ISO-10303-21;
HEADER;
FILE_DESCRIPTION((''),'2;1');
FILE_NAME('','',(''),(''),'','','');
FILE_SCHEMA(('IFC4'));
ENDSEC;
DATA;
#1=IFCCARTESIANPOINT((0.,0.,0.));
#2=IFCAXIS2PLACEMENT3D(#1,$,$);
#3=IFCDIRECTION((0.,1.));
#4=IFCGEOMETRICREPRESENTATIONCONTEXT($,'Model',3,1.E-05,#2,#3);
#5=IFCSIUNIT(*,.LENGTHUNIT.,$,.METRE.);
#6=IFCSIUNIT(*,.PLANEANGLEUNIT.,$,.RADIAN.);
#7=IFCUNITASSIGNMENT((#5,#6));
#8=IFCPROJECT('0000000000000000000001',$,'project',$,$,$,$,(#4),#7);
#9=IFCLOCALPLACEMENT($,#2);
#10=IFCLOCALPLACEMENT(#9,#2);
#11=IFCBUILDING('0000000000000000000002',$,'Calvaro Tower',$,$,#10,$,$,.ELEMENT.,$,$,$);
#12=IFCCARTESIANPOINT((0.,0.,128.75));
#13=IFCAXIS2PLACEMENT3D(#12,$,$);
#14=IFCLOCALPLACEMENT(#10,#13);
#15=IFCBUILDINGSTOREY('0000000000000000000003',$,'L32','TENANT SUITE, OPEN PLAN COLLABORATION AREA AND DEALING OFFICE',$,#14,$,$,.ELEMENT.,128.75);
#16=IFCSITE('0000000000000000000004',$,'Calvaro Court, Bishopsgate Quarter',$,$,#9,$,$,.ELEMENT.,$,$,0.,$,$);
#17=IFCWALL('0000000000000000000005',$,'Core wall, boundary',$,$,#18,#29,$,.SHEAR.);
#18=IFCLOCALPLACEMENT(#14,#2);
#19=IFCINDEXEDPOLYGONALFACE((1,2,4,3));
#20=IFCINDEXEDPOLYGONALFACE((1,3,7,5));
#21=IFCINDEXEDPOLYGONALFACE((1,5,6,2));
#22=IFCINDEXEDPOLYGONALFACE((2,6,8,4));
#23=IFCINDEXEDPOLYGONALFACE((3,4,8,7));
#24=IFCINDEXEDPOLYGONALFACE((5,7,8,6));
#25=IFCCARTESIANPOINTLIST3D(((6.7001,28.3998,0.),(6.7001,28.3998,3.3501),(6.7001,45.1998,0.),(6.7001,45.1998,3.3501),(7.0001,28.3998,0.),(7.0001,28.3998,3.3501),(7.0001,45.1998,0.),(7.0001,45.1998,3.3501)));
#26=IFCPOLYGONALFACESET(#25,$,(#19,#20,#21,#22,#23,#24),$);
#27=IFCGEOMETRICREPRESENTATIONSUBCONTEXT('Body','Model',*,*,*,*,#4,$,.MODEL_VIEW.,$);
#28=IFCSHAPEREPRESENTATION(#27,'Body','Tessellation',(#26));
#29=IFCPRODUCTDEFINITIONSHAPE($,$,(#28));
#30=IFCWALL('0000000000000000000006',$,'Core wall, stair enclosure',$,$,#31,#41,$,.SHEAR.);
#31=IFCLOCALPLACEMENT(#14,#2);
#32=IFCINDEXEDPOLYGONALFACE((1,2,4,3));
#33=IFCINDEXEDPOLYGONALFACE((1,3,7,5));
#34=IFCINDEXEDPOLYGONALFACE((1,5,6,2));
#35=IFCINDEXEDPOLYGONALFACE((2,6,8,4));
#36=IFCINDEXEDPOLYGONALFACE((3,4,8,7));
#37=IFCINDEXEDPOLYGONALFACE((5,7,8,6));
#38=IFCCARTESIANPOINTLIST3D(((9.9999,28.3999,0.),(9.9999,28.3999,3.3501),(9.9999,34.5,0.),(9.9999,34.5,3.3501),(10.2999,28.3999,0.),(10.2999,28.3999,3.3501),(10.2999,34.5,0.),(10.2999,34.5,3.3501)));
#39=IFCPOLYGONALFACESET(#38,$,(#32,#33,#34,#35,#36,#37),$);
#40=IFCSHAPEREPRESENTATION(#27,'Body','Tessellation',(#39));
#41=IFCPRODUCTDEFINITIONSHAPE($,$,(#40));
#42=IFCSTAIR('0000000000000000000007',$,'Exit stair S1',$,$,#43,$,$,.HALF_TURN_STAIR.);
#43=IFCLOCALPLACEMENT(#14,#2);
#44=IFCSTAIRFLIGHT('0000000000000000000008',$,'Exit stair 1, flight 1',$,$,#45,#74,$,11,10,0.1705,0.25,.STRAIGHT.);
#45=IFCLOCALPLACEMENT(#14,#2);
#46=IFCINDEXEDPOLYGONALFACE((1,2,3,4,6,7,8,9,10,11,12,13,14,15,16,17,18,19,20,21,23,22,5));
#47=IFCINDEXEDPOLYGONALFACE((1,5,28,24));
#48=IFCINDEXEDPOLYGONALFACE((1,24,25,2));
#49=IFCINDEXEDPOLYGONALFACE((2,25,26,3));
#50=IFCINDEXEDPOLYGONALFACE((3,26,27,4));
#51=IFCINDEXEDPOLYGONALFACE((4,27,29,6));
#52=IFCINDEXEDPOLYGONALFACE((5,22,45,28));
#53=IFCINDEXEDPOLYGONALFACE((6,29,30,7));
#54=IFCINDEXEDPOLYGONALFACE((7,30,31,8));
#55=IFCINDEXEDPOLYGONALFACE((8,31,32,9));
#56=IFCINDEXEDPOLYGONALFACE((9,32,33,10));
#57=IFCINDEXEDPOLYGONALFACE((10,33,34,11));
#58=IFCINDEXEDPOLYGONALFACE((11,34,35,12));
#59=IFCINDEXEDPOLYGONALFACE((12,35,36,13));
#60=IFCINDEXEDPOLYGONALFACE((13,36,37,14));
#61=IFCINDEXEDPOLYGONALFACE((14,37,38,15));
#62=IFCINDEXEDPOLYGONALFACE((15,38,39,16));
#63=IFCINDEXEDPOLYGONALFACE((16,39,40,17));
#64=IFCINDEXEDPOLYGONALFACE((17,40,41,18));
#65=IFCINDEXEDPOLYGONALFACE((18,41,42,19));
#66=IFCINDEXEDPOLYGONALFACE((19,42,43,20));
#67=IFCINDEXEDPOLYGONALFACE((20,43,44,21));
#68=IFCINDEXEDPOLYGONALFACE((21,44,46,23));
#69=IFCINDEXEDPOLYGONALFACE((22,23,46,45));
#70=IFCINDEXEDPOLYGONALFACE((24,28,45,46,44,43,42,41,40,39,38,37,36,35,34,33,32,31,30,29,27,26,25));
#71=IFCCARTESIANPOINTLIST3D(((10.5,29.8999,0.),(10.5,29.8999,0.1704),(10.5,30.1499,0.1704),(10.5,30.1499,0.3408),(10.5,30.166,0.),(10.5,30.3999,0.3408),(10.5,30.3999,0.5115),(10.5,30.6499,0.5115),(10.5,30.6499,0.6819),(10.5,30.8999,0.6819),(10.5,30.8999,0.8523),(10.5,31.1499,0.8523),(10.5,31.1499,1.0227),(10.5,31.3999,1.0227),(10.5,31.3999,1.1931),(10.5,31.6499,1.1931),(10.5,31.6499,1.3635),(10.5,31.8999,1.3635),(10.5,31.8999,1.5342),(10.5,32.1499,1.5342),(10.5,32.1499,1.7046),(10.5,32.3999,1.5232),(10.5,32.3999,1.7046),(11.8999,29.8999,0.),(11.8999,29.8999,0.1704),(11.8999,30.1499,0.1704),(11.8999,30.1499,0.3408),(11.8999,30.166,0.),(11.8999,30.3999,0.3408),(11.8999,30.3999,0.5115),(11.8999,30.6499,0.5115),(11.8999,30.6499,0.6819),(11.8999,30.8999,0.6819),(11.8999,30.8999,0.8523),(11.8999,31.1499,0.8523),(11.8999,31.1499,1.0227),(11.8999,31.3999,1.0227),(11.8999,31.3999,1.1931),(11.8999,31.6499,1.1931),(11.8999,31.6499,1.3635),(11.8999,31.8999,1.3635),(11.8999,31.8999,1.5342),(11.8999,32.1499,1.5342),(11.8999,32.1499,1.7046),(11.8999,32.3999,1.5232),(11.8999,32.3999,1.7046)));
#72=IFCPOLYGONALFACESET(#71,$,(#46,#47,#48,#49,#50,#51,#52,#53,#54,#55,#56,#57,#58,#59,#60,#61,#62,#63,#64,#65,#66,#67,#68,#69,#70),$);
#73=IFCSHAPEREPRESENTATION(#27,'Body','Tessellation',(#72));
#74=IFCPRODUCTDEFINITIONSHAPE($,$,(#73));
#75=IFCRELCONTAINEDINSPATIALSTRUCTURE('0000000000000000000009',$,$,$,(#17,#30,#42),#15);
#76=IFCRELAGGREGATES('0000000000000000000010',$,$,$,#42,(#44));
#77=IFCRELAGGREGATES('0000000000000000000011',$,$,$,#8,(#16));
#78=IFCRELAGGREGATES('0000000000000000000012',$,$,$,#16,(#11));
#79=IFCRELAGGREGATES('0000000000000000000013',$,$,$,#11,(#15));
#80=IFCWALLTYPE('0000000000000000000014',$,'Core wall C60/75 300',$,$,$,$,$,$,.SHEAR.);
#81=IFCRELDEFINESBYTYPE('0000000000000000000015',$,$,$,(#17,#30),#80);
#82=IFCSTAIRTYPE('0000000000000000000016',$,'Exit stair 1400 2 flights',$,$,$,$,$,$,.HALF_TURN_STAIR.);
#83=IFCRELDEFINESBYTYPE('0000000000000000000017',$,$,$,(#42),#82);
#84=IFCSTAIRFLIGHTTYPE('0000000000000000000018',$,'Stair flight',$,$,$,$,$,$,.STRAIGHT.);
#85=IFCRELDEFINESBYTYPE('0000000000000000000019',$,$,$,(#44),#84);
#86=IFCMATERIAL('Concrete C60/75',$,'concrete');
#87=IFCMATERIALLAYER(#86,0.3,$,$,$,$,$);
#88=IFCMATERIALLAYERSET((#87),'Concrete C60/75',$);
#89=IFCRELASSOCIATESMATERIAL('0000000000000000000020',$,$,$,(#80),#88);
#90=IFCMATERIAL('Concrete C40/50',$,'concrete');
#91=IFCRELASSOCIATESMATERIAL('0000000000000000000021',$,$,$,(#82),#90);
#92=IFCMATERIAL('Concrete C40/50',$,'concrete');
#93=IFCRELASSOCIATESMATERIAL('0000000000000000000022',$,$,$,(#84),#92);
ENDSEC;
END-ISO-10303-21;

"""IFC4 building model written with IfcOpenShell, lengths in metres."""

from ifc_helpers import new_model, si_unit, direction, frame, frame_2d, origin, place, context, subcontext, project, spatial, polyline, rectangle, outline, extrude, material, layer, layer_set, type_object, element, aggregate, save


model = new_model("IFC4")

# Units and contexts
model_context = context("Model", 3, precision=1e-05, world=origin(), true_north=direction((0.0, 1.0)))
body_context = subcontext(model_context, "Body", "Model", "MODEL_VIEW")
ifc_project = project(units=[si_unit("LENGTHUNIT", "METRE"), si_unit("PLANEANGLEUNIT", "RADIAN")], contexts=[model_context])

# Site, building, storey
site_placement = place(None, origin())
site = spatial("IfcSite", under=ifc_project, at=site_placement, Name="Calvaro Court, Bishopsgate Quarter", CompositionType="ELEMENT", RefElevation=0.0)
building_placement = place(site_placement, origin())
building = spatial("IfcBuilding", under=site, at=building_placement, Name="Calvaro Tower", CompositionType="ELEMENT")
storey_placement = place(building_placement, frame((0.0, 0.0, 128.75)))
storey = spatial("IfcBuildingStorey", under=building, at=storey_placement, Name="L32", Description="TENANT SUITE, OPEN PLAN COLLABORATION AREA AND DEALING OFFICE", CompositionType="ELEMENT", Elevation=128.75)

# Walls
ifc_material_1 = material(Name="Concrete C60/75", Category="concrete")
ifc_layer_1 = layer(ifc_material_1, 0.3)
ifc_layer_set_1 = layer_set([ifc_layer_1], Name="Concrete C60/75")
wall_type_1 = type_object("IfcWallType", Name="Core wall C60/75 300", PredefinedType="SHEAR", material=ifc_layer_set_1)
wall_1_placement = place(storey_placement, frame((6.8501, 28.3999, 0.0), z_axis=(0.0, 0.0, 1.0), x_axis=(0.0, 1.0, 0.0)))
element("IfcWall", 1, at=wall_1_placement, inside=storey, type_object=wall_type_1, Name="Core wall, boundary", PredefinedType="SHEAR", context=body_context, shape_type="SweptSolid", body=[
    extrude(rectangle(XDim=16.8, YDim=0.3, at=frame_2d((8.3999, 0.0))), origin(), (0.0, 0.0, 1.0), 3.3501),
])
wall_2_placement = place(storey_placement, frame((10.1499, 28.3999, 0.0), z_axis=(0.0, 0.0, 1.0), x_axis=(0.0, 1.0, 0.0)))
element("IfcWall", 2, at=wall_2_placement, inside=storey, type_object=wall_type_1, Name="Core wall, stair enclosure", PredefinedType="SHEAR", context=body_context, shape_type="SweptSolid", body=[
    extrude(rectangle(XDim=6.1001, YDim=0.3, at=frame_2d((3.05, 0.0))), origin(), (0.0, 0.0, 1.0), 3.3501),
])

# Stair, stair flight
ifc_material_2 = material(Name="Concrete C40/50", Category="concrete")
stair_type = type_object("IfcStairType", Name="Exit stair 1400 2 flights", PredefinedType="HALF_TURN_STAIR", material=ifc_material_2)
stair_placement = place(storey_placement, origin())
stair = element("IfcStair", 3, at=stair_placement, inside=storey, type_object=stair_type, Name="Exit stair S1", PredefinedType="HALF_TURN_STAIR")
ifc_material_3 = material(Name="Concrete C40/50", Category="concrete")
stair_flight_type = type_object("IfcStairFlightType", Name="Stair flight", PredefinedType="STRAIGHT", material=ifc_material_3)
stair_flight_placement = place(storey_placement, frame((11.2, 29.8999, 0.0), z_axis=(0.0, 0.0, 1.0), x_axis=(0.0, 1.0, 0.0)))
stair_flight = element("IfcStairFlight", 4, at=stair_flight_placement, type_object=stair_flight_type, Name="Exit stair 1, flight 1", NumberOfRisers=11, NumberOfTreads=10, PredefinedType="STRAIGHT", RiserHeight=0.1705, TreadLength=0.25, context=body_context, shape_type="SweptSolid", body=[
    extrude(outline(polyline([(0.0, 0.0), (0.0, 0.1704), (0.25, 0.1704), (0.25, 0.3408), (0.5, 0.3408), (0.5, 0.5115), (0.75, 0.5115), (0.75, 0.6819), (1.0, 0.6819), (1.0, 0.8523), (1.25, 0.8523), (1.25, 1.0227), (1.5, 1.0227), (1.5, 1.1931), (1.75, 1.1931), (1.75, 1.3635), (2.0, 1.3635), (2.0, 1.5342), (2.25, 1.5342), (2.25, 1.7046), (2.5, 1.7046), (2.5, 1.875), (2.5, 1.5232), (0.2661, 0.0), (0.0, 0.0)])), frame((0.0, 0.7, 0.0), z_axis=(0.0, -1.0, 0.0), x_axis=(1.0, 0.0, 0.0)), (0.0, 0.0, 1.0), 1.3999),
])
aggregate(stair, [stair_flight])

save(model, "model.ifc")
